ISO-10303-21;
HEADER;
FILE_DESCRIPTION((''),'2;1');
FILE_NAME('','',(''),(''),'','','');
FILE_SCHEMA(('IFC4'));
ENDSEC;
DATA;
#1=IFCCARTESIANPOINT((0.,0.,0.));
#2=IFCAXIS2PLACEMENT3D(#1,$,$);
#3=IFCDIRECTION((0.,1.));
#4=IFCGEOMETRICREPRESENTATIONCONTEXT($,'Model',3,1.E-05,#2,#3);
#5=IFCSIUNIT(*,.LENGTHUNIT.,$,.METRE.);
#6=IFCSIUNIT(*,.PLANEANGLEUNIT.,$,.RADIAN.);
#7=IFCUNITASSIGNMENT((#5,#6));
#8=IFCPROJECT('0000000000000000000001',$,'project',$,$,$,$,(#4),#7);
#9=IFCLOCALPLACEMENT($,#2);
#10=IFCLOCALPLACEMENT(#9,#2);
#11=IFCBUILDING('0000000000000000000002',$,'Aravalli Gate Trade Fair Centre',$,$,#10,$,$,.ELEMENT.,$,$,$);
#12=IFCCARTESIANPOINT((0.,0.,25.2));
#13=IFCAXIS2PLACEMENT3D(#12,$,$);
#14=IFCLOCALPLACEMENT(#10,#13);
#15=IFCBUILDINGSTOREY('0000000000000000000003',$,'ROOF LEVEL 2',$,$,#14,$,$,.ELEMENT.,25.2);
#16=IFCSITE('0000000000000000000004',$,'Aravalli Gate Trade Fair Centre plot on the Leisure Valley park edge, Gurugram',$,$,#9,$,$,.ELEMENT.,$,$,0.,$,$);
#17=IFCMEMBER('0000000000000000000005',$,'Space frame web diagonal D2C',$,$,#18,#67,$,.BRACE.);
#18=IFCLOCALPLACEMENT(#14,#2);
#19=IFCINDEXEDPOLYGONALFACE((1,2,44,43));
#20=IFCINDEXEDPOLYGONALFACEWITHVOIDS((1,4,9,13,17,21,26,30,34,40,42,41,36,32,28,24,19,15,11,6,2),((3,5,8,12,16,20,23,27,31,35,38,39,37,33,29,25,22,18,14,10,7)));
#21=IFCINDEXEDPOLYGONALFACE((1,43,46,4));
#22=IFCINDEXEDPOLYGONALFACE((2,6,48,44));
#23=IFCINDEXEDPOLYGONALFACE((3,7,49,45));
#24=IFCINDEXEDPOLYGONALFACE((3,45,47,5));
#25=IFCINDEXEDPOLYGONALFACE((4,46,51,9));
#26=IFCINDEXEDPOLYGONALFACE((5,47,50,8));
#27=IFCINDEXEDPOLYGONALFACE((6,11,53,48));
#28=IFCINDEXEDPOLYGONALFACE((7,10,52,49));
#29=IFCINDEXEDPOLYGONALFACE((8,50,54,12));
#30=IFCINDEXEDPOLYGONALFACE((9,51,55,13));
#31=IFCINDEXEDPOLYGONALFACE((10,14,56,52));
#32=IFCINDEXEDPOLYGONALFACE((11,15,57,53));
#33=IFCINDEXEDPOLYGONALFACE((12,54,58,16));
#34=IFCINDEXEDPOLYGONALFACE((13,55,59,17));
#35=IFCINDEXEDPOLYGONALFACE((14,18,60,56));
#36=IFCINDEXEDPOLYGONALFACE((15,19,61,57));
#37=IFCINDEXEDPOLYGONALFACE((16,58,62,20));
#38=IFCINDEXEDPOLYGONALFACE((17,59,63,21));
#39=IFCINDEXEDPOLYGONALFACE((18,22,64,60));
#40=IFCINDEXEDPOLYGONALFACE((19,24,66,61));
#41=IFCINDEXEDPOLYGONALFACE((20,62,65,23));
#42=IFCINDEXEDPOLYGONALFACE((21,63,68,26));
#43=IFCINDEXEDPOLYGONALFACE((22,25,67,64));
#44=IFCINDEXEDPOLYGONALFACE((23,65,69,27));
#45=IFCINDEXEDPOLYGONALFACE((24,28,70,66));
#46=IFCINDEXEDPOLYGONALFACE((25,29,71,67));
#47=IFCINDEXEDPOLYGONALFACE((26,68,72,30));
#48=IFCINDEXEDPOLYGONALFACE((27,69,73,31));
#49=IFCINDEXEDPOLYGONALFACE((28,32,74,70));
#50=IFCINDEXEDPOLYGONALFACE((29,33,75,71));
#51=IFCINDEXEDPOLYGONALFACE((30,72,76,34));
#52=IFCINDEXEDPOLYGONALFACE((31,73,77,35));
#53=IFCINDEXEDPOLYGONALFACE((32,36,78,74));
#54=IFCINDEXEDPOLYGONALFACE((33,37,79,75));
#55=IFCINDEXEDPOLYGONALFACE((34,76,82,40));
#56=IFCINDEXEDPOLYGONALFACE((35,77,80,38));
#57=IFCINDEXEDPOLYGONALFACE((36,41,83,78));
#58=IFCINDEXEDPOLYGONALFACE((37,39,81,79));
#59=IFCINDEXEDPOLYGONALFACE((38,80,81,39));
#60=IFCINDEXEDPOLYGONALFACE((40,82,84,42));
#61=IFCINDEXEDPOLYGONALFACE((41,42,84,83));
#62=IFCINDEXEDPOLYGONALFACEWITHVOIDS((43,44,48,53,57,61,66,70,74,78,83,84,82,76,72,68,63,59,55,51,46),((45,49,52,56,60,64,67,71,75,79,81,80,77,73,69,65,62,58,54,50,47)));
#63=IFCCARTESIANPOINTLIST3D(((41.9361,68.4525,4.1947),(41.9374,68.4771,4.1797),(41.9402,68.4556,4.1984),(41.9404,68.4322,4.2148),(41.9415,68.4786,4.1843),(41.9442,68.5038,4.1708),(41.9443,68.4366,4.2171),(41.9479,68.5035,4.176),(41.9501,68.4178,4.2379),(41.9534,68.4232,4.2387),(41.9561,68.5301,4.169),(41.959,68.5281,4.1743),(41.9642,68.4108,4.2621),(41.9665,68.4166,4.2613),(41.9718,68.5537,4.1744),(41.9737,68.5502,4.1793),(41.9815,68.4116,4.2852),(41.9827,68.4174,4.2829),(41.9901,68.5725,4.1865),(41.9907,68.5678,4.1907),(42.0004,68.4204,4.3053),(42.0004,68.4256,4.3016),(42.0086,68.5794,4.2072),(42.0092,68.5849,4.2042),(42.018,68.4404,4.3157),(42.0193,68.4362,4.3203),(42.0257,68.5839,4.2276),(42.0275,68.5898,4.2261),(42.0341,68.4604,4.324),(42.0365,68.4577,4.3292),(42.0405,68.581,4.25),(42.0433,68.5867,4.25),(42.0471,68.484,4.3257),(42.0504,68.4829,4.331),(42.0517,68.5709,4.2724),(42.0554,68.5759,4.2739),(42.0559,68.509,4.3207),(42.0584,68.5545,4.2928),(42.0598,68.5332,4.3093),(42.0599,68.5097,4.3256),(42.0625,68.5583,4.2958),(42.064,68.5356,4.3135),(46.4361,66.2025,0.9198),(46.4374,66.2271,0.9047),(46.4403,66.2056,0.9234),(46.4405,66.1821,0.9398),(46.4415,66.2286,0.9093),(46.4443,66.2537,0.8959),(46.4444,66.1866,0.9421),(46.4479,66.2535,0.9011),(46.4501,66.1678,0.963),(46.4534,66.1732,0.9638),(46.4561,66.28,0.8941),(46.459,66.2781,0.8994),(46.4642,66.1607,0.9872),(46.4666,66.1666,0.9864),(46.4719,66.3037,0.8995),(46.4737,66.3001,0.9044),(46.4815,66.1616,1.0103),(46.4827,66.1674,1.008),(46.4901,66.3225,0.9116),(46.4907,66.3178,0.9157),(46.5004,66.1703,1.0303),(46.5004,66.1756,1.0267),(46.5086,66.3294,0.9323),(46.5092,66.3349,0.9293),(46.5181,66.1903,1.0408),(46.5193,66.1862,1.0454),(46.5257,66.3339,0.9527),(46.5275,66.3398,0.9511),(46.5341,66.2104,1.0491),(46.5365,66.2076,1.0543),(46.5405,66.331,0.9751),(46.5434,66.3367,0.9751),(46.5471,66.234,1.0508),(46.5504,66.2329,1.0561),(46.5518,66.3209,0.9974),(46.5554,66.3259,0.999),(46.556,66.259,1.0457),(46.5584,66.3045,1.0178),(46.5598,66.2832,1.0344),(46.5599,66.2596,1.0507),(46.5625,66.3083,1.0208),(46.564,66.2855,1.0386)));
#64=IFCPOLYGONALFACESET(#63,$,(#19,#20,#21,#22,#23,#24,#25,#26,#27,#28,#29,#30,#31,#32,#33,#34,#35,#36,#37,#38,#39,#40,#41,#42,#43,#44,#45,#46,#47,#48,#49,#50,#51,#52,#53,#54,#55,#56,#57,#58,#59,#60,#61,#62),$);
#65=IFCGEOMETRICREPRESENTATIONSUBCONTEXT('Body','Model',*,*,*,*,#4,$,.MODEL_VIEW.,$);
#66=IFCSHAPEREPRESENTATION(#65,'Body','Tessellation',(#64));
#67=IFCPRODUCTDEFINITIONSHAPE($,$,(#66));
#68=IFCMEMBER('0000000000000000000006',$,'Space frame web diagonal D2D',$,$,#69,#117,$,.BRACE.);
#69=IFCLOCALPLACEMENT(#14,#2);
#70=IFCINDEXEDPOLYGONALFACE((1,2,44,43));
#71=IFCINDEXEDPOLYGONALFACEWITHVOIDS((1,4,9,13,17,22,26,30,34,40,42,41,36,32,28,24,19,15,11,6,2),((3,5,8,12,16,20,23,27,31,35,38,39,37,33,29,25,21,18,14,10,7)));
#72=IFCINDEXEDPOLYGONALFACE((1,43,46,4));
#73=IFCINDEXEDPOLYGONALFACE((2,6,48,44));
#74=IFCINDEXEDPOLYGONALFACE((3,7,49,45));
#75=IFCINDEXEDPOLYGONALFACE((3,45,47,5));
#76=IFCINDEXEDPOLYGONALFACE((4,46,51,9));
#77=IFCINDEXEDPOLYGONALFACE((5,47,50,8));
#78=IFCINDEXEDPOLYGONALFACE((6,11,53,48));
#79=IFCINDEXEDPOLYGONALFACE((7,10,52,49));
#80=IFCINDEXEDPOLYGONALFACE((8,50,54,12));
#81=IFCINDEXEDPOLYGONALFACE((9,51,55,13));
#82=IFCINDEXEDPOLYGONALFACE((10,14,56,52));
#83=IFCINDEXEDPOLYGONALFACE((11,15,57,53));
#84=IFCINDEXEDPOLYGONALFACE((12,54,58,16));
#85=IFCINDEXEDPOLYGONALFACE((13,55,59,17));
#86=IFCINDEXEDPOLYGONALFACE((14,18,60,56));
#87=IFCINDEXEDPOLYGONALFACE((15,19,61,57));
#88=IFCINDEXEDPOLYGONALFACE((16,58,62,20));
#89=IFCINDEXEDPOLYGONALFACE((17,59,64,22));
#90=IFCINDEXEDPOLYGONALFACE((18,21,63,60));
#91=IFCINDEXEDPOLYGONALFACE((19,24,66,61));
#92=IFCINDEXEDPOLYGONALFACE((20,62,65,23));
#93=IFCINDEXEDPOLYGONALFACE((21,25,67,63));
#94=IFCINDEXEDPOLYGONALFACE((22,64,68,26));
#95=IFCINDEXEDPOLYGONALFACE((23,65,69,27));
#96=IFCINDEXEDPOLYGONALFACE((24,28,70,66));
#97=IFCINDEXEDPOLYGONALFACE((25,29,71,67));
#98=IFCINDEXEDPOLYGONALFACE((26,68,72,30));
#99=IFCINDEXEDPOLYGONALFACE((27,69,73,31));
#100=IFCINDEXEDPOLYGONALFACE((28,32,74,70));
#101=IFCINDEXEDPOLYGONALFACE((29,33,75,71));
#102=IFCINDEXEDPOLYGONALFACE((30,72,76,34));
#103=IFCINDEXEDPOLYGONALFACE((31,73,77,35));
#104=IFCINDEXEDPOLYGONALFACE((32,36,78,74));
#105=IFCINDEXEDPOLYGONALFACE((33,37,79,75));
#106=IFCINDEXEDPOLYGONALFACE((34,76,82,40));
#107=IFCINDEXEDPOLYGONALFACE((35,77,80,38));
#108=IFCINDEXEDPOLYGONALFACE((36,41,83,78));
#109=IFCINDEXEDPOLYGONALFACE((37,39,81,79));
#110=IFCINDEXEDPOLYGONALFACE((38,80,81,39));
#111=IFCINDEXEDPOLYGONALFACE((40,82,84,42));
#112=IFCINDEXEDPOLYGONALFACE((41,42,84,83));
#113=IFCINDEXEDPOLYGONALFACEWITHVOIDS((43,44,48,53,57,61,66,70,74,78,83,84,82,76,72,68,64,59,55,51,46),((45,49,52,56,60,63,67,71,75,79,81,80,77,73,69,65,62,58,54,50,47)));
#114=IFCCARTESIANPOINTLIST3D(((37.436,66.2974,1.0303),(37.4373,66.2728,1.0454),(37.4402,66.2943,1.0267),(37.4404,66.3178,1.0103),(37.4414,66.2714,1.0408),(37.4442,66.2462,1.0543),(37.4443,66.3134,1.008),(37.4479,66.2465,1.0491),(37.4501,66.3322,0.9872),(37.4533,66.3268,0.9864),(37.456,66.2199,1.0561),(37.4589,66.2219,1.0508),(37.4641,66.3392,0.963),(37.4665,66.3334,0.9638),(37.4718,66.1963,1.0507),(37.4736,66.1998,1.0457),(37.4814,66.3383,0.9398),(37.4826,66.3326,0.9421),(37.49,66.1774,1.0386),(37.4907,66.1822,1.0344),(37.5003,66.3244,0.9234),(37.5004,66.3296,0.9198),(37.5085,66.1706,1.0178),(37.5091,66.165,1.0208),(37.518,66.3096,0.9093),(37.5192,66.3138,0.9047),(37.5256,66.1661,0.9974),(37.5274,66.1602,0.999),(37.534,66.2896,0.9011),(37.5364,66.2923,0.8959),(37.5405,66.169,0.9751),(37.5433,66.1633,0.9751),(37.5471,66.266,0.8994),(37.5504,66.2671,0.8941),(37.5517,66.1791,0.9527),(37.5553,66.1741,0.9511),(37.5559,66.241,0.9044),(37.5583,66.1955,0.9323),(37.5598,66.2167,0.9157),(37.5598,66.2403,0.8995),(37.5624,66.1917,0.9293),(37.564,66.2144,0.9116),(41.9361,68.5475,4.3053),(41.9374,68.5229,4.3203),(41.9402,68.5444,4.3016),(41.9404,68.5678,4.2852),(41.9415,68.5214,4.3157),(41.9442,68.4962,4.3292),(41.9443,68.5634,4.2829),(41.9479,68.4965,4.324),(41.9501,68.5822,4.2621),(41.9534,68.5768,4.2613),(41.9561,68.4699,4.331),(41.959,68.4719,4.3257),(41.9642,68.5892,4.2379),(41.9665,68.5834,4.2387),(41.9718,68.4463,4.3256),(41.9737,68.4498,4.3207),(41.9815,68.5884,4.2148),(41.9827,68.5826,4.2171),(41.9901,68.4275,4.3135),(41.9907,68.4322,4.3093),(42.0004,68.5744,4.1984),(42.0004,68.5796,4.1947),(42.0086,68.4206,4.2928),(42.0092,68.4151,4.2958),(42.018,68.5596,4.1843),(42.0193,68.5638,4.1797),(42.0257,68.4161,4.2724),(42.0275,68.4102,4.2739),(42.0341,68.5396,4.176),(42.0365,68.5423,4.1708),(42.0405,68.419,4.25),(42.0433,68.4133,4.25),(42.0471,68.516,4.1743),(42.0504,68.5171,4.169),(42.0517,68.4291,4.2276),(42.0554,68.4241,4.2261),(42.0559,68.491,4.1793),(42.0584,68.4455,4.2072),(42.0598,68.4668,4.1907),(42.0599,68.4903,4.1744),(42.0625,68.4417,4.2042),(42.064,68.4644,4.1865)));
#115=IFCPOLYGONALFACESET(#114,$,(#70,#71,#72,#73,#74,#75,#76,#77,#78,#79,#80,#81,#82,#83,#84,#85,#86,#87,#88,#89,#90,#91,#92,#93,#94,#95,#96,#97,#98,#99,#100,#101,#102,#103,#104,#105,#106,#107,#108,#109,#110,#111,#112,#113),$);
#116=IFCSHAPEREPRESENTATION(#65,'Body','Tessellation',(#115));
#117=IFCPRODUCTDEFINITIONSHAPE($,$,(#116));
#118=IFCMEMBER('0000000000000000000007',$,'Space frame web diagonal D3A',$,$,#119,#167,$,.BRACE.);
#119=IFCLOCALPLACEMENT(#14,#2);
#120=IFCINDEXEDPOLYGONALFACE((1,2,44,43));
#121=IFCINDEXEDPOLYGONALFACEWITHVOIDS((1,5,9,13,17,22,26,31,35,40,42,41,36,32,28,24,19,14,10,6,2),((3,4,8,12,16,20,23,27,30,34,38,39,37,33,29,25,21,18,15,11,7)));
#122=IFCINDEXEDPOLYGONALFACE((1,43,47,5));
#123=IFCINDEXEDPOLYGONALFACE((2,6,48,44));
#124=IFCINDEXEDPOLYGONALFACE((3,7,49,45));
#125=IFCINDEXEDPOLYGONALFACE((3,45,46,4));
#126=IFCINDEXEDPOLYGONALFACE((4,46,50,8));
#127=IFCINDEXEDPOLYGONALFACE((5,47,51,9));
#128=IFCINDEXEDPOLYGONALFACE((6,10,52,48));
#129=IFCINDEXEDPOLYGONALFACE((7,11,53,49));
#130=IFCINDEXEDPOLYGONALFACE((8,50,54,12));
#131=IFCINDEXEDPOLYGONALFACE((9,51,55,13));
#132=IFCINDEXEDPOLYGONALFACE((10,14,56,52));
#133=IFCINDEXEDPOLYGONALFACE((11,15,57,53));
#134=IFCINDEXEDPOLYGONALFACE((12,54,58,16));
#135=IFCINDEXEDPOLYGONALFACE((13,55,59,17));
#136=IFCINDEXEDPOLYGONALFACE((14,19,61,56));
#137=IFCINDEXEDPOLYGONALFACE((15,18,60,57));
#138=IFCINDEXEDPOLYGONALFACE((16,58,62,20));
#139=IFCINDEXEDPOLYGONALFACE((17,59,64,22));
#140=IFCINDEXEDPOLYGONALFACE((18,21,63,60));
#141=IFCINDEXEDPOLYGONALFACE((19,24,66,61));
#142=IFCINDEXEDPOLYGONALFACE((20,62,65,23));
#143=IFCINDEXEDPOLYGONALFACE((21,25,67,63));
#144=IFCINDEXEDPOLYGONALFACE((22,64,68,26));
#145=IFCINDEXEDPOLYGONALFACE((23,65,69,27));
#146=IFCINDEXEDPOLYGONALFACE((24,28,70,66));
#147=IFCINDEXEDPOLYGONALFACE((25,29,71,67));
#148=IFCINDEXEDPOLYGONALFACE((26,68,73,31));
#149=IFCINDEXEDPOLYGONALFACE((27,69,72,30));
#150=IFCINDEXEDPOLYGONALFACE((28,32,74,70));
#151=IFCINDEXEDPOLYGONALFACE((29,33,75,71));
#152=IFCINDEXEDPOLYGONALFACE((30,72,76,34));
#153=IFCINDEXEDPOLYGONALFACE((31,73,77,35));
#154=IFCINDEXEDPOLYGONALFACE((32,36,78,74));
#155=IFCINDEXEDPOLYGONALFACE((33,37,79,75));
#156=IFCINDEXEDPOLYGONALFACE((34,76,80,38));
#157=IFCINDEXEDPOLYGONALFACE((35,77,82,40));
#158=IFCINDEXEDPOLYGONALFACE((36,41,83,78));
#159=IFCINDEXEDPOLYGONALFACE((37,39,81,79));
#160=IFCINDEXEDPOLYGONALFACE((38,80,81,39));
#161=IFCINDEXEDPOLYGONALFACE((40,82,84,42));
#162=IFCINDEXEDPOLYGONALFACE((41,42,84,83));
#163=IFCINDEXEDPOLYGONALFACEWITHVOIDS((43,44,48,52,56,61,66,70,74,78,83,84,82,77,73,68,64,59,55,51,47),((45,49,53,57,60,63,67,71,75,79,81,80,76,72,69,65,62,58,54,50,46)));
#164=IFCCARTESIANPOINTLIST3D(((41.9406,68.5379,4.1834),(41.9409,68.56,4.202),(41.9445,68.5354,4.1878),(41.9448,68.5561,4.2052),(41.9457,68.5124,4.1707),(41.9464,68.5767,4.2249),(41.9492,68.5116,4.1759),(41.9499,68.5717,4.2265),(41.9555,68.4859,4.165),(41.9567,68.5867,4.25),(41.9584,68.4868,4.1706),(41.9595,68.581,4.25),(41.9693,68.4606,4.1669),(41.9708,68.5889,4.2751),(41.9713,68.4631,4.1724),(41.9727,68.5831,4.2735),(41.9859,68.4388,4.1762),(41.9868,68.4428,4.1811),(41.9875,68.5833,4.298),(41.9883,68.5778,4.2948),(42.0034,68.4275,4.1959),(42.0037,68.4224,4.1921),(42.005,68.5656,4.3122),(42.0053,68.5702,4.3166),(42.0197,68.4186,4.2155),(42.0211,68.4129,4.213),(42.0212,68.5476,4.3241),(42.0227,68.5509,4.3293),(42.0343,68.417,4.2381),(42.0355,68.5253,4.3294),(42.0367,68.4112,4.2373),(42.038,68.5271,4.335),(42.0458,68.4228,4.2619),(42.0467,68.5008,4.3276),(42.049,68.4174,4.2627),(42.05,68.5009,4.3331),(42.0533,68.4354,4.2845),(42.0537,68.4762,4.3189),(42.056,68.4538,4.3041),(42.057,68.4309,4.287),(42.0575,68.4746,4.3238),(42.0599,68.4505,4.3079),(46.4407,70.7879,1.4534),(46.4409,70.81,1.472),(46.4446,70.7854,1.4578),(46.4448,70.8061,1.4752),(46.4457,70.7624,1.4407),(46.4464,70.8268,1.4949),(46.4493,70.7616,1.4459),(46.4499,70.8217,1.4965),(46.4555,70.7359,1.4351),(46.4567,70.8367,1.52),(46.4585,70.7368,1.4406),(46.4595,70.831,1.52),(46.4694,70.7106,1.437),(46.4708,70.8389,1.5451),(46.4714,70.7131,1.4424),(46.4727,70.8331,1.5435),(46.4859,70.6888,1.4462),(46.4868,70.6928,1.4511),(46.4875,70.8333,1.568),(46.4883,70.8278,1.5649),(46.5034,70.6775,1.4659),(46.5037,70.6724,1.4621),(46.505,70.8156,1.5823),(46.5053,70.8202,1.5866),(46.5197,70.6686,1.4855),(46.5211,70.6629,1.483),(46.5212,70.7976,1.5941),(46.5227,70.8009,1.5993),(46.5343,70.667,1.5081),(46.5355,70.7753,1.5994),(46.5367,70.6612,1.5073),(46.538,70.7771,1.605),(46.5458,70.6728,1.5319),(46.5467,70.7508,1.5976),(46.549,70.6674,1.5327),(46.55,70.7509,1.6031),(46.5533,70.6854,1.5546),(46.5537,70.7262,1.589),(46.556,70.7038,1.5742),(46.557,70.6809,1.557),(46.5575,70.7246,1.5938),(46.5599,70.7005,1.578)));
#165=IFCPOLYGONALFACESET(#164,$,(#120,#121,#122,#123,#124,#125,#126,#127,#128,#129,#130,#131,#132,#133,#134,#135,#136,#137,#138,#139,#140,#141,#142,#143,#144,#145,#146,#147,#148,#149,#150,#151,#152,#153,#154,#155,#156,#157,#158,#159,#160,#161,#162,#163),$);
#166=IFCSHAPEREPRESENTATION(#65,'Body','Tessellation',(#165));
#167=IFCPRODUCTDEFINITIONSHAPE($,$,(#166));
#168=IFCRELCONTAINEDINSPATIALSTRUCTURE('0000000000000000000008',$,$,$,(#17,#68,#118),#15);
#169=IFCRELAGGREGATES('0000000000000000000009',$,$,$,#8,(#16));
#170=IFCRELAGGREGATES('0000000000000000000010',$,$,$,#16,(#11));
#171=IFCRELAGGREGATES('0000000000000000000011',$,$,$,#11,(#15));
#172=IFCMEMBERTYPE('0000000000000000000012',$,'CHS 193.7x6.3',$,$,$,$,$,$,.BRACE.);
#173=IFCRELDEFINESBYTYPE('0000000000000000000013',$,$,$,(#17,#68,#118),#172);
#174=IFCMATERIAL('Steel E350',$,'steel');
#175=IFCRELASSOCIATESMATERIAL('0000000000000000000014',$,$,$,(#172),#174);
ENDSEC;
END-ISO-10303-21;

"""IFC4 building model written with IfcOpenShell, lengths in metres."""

from ifc_helpers import new_model, si_unit, direction, frame, origin, origin_2d, place, context, subcontext, project, spatial, hollow_circle, extrude, material, material_profile, profile_set, type_object, element, save


model = new_model("IFC4")

# Units and contexts
model_context = context("Model", 3, precision=1e-05, world=origin(), true_north=direction((0.0, 1.0)))
body_context = subcontext(model_context, "Body", "Model", "MODEL_VIEW")
ifc_project = project(units=[si_unit("LENGTHUNIT", "METRE"), si_unit("PLANEANGLEUNIT", "RADIAN")], contexts=[model_context])

# Site, building, storey
site_placement = place(None, origin())
site = spatial("IfcSite", under=ifc_project, at=site_placement, Name="Aravalli Gate Trade Fair Centre plot on the Leisure Valley park edge, Gurugram", CompositionType="ELEMENT", RefElevation=0.0)
building_placement = place(site_placement, origin())
building = spatial("IfcBuilding", under=site, at=building_placement, Name="Aravalli Gate Trade Fair Centre", CompositionType="ELEMENT")
storey_placement = place(building_placement, frame((0.0, 0.0, 25.2)))
storey = spatial("IfcBuildingStorey", under=building, at=storey_placement, Name="ROOF LEVEL 2", CompositionType="ELEMENT", Elevation=25.2)

# Members
ifc_material_1 = material(Name="Steel E350", Category="steel")
ifc_material_profile_1 = material_profile(ifc_material_1, hollow_circle(Radius=0.0969, WallThickness=0.0063, at=origin_2d()), Name="CHS 193.7x6.3")
ifc_profile_set_1 = profile_set([ifc_material_profile_1], Name="Steel E350")
member_type_1 = type_object("IfcMemberType", Name="CHS 193.7x6.3", PredefinedType="BRACE", material=ifc_profile_set_1)
for number, where, z_axis, x_axis, name in (
    (1, (42.0, 68.5, 4.25), (0.74961, -0.374805, -0.545533), (0.447214, 0.894427, 0.0), "Space frame web diagonal D2C"),
    (2, (42.0, 68.5, 4.25), (-0.74961, -0.374805, -0.545533), (0.447214, -0.894427, 0.0), "Space frame web diagonal D2D"),
):
    element("IfcMember", number, at=place(storey_placement, frame(where, z_axis=z_axis, x_axis=x_axis)), inside=storey, type_object=member_type_1, Name=name, PredefinedType="BRACE", context=body_context, shape_type="SweptSolid", body=[
        extrude(hollow_circle(Radius=0.0969, WallThickness=0.0063, at=origin_2d()), origin(), (0.0, 0.0, 1.0), 6.0032),
    ])
for number, where, z_axis, x_axis, name in (
    (3, (42.0, 68.5, 4.25), (0.78615, 0.393075, -0.476928), (-0.447214, 0.894427, 0.0), "Space frame web diagonal D3A"),
):
    element("IfcMember", number, at=place(storey_placement, frame(where, z_axis=z_axis, x_axis=x_axis)), inside=storey, type_object=member_type_1, Name=name, PredefinedType="BRACE", context=body_context, shape_type="SweptSolid", body=[
        extrude(hollow_circle(Radius=0.0969, WallThickness=0.0063, at=origin_2d()), origin(), (0.0, 0.0, 1.0), 5.7241),
    ])

save(model, "model.ifc")
